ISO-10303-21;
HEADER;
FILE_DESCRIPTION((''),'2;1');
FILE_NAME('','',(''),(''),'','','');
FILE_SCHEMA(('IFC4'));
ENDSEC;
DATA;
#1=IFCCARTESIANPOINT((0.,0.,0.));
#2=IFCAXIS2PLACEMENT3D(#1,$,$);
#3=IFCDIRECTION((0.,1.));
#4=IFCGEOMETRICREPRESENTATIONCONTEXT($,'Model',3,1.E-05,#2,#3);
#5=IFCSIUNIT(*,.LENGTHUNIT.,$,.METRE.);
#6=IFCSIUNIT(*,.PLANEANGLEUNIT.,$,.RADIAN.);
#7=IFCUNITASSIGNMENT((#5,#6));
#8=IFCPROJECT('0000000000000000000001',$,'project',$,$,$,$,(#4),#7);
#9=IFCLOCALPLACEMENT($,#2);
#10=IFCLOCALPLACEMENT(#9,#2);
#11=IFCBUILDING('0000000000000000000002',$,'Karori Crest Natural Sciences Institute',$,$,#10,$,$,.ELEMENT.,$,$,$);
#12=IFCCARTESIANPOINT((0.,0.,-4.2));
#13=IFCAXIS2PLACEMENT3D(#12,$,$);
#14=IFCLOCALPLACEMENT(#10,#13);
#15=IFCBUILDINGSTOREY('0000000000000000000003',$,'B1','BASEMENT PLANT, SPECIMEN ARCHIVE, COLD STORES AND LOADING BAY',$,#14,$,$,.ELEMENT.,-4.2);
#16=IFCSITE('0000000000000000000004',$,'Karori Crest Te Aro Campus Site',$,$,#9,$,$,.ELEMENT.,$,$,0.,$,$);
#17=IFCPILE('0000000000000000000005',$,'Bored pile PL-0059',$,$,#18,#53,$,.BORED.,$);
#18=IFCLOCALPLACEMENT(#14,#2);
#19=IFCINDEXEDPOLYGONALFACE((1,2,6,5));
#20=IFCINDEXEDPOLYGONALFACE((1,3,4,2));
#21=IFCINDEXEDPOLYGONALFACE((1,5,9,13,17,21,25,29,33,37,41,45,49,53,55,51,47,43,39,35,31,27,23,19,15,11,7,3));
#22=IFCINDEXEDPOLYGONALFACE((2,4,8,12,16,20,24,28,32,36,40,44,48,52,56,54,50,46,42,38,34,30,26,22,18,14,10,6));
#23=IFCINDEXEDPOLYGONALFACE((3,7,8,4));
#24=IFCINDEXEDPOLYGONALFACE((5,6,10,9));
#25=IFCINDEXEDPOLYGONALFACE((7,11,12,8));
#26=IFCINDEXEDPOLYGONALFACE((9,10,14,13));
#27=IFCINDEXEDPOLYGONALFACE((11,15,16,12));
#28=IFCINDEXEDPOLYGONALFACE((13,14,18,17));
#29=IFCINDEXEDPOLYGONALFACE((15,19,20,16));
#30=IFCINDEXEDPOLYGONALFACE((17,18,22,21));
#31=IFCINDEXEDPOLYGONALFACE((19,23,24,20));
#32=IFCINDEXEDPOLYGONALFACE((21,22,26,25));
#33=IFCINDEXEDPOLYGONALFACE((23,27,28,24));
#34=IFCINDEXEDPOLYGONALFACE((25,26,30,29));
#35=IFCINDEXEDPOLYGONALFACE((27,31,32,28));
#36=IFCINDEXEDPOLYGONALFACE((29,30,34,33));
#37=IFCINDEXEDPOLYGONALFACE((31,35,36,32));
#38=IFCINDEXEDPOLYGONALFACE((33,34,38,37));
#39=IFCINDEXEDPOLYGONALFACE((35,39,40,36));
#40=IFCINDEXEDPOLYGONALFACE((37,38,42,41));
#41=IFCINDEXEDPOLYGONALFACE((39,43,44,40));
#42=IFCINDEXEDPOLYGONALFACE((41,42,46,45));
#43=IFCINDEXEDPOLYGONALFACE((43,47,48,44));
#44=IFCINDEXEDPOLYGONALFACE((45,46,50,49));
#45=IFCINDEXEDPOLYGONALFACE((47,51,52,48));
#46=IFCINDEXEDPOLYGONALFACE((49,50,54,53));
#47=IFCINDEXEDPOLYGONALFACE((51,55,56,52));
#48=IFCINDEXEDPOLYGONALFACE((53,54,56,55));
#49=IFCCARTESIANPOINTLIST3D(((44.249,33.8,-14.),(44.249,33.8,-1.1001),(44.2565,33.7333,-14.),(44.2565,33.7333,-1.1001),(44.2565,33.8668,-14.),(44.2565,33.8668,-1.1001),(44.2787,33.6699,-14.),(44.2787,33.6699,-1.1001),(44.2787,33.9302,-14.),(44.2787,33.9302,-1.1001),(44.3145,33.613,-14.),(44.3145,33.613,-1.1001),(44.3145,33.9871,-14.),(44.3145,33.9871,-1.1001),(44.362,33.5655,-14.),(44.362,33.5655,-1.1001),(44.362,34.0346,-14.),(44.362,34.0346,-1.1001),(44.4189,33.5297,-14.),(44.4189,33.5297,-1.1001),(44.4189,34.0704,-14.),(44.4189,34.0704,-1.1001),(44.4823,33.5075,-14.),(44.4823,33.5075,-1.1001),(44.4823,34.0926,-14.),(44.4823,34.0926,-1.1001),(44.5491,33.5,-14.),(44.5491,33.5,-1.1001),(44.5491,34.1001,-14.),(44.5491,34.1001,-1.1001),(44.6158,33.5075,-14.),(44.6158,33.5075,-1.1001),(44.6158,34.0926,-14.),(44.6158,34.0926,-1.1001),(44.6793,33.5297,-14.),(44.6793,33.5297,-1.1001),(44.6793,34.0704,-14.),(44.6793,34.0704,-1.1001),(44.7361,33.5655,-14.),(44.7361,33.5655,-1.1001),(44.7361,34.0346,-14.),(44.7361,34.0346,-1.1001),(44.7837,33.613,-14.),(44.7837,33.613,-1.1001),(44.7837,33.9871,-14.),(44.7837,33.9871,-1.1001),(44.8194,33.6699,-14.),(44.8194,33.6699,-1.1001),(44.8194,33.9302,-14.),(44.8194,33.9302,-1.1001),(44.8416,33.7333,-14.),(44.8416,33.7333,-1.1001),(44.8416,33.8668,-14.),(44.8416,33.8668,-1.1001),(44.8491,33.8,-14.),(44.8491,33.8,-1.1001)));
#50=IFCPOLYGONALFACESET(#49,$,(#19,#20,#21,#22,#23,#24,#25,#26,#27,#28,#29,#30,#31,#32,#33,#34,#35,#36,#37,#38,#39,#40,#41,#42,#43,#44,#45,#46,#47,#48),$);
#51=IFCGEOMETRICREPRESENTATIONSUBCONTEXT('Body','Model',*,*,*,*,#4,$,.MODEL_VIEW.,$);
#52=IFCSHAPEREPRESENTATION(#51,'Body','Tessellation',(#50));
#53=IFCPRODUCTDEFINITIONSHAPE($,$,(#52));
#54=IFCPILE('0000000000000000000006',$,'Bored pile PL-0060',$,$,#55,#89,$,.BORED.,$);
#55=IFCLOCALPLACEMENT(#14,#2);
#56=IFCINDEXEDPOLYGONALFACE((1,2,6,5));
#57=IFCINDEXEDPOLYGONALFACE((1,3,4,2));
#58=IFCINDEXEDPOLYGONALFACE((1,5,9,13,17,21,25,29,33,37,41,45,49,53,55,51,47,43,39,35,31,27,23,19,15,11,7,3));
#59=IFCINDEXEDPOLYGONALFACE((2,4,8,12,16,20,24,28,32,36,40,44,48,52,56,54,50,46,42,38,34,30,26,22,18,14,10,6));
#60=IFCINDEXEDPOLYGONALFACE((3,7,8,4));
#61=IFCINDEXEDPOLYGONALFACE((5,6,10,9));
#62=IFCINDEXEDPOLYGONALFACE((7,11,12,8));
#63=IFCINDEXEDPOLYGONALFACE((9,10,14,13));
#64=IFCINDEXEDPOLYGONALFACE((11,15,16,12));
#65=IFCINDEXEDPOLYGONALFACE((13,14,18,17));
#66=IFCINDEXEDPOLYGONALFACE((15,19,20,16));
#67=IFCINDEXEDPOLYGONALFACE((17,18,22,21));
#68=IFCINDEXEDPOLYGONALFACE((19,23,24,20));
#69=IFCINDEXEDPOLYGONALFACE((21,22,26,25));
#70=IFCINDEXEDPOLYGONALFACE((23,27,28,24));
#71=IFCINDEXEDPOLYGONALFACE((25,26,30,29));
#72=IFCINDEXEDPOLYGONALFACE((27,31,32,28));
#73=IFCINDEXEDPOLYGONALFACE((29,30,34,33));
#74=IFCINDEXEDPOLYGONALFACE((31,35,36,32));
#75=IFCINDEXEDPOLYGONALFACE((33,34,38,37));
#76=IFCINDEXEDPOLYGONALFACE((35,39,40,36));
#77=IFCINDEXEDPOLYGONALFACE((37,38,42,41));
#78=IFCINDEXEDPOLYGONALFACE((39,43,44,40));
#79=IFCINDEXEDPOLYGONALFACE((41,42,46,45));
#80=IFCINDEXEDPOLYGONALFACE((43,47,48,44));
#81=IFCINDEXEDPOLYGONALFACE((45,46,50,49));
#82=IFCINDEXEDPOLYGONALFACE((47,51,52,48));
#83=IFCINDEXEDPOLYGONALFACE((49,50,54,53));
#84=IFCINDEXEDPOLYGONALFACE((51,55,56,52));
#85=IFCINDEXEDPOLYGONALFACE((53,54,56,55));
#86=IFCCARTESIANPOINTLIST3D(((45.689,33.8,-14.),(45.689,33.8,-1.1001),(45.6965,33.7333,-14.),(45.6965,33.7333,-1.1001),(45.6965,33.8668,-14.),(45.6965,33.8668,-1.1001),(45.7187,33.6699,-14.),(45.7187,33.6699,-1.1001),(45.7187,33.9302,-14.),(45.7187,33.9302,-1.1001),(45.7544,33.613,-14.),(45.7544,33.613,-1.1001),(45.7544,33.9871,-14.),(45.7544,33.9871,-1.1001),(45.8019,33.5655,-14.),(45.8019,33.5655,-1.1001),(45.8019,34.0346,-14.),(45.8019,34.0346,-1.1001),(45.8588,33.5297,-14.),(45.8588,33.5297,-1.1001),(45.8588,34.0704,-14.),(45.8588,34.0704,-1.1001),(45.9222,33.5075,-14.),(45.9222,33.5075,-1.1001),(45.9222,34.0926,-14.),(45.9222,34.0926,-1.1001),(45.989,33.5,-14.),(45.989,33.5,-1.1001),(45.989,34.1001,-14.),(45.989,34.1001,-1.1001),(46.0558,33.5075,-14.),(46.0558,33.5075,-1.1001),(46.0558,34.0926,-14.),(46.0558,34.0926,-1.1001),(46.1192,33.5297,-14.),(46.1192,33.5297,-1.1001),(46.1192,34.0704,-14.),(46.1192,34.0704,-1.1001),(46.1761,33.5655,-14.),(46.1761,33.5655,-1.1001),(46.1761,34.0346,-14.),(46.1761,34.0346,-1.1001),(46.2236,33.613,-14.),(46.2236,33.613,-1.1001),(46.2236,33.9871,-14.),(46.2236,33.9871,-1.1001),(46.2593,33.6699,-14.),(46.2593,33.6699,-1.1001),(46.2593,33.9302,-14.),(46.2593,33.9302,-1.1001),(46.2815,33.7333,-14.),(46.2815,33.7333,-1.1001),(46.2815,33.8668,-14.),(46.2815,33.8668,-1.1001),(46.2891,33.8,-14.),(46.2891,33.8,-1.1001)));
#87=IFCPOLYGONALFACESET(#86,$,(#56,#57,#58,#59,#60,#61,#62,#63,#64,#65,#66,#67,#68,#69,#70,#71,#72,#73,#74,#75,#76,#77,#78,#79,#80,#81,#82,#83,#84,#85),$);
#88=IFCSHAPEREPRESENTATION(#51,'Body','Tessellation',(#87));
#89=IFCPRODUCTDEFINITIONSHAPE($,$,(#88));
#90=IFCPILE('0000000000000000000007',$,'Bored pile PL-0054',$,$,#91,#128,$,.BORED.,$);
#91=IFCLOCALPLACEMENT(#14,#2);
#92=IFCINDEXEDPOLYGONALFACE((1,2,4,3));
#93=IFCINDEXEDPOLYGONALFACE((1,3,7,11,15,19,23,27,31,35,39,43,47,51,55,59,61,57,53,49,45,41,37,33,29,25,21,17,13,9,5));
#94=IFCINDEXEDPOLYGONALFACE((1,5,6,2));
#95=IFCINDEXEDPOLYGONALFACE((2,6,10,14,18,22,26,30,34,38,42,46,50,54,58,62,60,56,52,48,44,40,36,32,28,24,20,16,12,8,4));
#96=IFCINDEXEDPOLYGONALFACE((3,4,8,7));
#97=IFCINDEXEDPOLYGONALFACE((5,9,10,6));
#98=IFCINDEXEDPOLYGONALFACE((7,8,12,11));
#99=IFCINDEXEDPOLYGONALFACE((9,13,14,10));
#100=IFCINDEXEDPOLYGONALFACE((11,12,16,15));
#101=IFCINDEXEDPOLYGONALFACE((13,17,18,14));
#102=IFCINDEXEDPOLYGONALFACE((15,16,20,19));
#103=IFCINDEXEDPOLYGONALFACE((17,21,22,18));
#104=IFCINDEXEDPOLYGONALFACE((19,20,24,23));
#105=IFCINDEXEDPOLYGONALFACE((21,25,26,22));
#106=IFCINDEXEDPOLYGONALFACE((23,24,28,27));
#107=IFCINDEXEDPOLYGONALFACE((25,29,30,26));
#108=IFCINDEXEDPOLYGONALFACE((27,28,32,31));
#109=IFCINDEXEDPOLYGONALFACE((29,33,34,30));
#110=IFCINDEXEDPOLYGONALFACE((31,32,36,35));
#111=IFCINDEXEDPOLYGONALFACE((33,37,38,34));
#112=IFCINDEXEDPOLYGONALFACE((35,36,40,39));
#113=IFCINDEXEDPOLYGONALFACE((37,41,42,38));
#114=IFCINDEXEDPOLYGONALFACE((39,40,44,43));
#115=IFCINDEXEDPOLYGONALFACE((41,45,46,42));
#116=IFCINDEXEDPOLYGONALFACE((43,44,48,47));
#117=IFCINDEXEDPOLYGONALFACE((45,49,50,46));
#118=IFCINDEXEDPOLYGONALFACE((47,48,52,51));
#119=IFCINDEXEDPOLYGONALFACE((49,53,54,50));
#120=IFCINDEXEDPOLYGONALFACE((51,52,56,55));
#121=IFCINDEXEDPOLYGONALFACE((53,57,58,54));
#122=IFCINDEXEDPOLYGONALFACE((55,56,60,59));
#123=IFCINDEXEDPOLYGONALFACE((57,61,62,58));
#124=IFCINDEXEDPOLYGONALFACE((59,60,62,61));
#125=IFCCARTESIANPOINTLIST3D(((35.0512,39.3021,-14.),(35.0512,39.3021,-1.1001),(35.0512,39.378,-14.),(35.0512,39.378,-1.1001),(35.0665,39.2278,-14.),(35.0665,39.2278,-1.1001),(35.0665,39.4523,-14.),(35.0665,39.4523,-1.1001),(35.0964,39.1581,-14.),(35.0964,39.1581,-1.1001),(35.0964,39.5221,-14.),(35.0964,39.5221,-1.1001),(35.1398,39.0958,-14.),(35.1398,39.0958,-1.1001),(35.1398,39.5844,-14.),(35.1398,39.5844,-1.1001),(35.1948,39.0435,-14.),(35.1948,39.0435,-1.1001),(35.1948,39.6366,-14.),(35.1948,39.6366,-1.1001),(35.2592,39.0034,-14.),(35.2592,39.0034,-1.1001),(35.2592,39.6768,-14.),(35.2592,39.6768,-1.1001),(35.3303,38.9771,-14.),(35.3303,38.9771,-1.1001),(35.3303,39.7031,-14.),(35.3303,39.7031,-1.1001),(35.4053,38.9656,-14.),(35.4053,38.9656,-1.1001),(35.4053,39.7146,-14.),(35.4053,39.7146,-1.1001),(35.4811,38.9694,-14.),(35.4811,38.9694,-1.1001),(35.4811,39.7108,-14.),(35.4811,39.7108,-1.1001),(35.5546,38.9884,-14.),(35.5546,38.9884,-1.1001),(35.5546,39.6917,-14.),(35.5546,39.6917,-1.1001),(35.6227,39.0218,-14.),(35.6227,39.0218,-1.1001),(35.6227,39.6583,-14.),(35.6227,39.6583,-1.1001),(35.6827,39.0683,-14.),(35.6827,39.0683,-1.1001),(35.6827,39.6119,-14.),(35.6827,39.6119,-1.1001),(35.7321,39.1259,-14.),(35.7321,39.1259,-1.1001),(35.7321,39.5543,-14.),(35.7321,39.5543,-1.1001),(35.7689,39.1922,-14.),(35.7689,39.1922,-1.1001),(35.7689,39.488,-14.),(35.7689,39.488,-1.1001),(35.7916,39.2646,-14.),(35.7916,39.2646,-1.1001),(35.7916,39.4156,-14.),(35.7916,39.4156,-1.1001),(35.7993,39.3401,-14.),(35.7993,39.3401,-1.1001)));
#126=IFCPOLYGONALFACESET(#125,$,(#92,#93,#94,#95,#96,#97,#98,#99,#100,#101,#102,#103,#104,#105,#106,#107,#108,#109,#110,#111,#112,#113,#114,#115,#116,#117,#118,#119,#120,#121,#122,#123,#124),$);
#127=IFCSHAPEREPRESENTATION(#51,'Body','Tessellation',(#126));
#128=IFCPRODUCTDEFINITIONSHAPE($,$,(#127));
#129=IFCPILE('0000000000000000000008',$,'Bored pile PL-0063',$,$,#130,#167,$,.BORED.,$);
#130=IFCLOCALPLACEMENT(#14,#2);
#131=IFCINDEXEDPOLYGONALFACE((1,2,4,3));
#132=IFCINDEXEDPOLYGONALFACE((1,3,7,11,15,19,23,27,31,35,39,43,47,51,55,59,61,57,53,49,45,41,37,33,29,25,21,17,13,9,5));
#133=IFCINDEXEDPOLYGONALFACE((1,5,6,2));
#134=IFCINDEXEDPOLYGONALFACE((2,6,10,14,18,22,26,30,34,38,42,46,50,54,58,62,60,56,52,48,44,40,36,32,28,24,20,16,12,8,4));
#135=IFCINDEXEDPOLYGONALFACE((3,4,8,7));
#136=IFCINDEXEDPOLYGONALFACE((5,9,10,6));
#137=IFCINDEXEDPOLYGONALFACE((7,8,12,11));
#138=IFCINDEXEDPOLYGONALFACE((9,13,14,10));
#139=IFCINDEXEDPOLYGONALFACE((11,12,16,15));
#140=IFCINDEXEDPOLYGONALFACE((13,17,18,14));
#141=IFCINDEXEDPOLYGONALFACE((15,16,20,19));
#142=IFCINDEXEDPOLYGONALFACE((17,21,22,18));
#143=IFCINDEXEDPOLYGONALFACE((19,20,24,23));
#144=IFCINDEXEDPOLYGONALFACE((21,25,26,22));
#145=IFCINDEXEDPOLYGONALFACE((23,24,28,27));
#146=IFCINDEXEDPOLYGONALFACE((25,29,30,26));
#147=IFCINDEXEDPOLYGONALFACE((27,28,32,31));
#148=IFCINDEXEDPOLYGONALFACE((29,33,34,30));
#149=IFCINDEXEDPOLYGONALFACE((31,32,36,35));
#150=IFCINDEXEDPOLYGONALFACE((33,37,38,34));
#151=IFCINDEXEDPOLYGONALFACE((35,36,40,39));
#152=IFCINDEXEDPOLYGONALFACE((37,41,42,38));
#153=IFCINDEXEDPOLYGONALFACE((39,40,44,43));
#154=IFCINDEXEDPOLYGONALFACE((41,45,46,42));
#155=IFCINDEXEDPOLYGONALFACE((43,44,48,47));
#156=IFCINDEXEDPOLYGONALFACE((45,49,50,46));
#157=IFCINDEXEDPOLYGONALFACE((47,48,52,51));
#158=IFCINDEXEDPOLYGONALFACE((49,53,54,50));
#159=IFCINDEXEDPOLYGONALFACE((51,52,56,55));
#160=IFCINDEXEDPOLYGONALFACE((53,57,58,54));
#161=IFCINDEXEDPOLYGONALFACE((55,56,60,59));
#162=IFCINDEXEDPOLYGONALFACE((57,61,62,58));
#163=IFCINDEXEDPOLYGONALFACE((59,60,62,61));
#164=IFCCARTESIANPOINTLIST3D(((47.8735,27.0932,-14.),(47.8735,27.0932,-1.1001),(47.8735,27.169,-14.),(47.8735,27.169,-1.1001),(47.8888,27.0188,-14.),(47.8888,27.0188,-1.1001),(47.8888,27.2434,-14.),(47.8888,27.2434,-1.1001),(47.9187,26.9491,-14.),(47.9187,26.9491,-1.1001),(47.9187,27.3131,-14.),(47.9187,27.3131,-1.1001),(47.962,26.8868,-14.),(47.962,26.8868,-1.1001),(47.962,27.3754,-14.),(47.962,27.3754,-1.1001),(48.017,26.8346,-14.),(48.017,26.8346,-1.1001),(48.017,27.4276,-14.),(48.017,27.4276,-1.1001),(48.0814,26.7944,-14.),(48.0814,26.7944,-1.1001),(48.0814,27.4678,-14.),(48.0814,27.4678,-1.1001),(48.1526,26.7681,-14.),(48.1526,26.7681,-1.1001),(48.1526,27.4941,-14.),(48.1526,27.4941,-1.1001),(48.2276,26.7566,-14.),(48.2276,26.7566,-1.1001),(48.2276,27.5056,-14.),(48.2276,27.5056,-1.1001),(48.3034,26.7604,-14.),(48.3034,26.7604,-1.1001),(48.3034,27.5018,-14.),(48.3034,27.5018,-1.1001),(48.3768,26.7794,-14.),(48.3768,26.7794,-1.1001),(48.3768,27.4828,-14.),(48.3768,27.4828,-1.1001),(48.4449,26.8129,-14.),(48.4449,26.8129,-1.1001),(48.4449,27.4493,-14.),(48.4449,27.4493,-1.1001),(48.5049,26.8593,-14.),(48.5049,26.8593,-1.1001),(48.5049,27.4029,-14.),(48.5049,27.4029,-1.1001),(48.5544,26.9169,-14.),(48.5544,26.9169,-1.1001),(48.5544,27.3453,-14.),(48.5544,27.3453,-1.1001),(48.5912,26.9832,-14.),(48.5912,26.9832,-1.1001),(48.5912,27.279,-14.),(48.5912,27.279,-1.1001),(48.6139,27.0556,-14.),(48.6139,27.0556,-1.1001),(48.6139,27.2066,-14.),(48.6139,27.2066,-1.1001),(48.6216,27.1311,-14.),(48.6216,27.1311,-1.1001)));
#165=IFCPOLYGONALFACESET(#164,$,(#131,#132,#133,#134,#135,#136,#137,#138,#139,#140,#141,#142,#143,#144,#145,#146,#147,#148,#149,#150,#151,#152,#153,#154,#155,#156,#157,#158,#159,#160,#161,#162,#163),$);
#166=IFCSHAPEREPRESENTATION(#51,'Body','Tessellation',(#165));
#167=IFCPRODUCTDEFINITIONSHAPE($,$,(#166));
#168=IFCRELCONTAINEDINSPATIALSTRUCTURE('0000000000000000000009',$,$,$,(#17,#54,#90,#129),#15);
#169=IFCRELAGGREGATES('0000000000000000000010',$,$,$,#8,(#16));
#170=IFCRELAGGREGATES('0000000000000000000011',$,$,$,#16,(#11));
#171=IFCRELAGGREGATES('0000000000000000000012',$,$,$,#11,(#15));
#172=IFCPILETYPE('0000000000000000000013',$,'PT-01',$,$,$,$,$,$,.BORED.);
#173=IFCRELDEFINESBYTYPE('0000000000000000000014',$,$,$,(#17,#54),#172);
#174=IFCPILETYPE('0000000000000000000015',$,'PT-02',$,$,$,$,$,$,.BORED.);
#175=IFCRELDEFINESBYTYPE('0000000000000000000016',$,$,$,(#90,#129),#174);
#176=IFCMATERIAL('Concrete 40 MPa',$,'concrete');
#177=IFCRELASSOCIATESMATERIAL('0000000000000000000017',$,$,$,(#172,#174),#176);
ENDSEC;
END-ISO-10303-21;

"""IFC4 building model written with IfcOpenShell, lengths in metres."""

from ifc_helpers import new_model, si_unit, direction, frame, origin, origin_2d, place, context, subcontext, project, spatial, circle, extrude, material, material_profile, profile_set, type_object, element, save


model = new_model("IFC4")

# Units and contexts
model_context = context("Model", 3, precision=1e-05, world=origin(), true_north=direction((0.0, 1.0)))
body_context = subcontext(model_context, "Body", "Model", "MODEL_VIEW")
ifc_project = project(units=[si_unit("LENGTHUNIT", "METRE"), si_unit("PLANEANGLEUNIT", "RADIAN")], contexts=[model_context])

# Site, building, storey
site_placement = place(None, origin())
site = spatial("IfcSite", under=ifc_project, at=site_placement, Name="Karori Crest Te Aro Campus Site", CompositionType="ELEMENT", RefElevation=0.0)
building_placement = place(site_placement, origin())
building = spatial("IfcBuilding", under=site, at=building_placement, Name="Karori Crest Natural Sciences Institute", CompositionType="ELEMENT")
storey_placement = place(building_placement, frame((0.0, 0.0, -4.2)))
storey = spatial("IfcBuildingStorey", under=building, at=storey_placement, Name="B1", Description="BASEMENT PLANT, SPECIMEN ARCHIVE, COLD STORES AND LOADING BAY", CompositionType="ELEMENT", Elevation=-4.2)

# Shared definitions
ifc_material_1 = material(Name="Concrete 40 MPa", Category="concrete")

# Piles
ifc_material_profile_1 = material_profile(ifc_material_1, circle(Radius=0.3, at=origin_2d()), Name="PILE600")
ifc_profile_set_1 = profile_set([ifc_material_profile_1], Name="Concrete 40 MPa")
pile_type_1 = type_object("IfcPileType", Name="PT-01", PredefinedType="BORED", material=ifc_profile_set_1)
for number, where, z_axis, x_axis, name in (
    (1, (44.5491, 33.8, -1.1001), (0.0, 0.0, -1.0), (1.0, 0.0, 0.0), "Bored pile PL-0059"),
    (2, (45.989, 33.8, -1.1001), (0.0, 0.0, -1.0), (1.0, 0.0, 0.0), "Bored pile PL-0060"),
):
    element("IfcPile", number, at=place(storey_placement, frame(where, z_axis=z_axis, x_axis=x_axis)), inside=storey, type_object=pile_type_1, Name=name, PredefinedType="BORED", context=body_context, shape_type="SweptSolid", body=[
        extrude(circle(Radius=0.3, at=origin_2d()), origin(), (0.0, 0.0, 1.0), 12.8999),
    ])
ifc_material_profile_2 = material_profile(ifc_material_1, circle(Radius=0.375, at=origin_2d()), Name="PILE750")
ifc_profile_set_2 = profile_set([ifc_material_profile_2], Name="Concrete 40 MPa")
pile_type_2 = type_object("IfcPileType", Name="PT-02", PredefinedType="BORED", material=ifc_profile_set_2)
for number, where, z_axis, x_axis, name in (
    (3, (35.4243, 39.3401, -1.1001), (0.0, 0.0, -1.0), (1.0, 0.0, 0.0), "Bored pile PL-0054"),
    (4, (48.2466, 27.1311, -1.1001), (0.0, 0.0, -1.0), (1.0, 0.0, 0.0), "Bored pile PL-0063"),
):
    element("IfcPile", number, at=place(storey_placement, frame(where, z_axis=z_axis, x_axis=x_axis)), inside=storey, type_object=pile_type_2, Name=name, PredefinedType="BORED", context=body_context, shape_type="SweptSolid", body=[
        extrude(circle(Radius=0.375, at=origin_2d()), origin(), (0.0, 0.0, 1.0), 12.8999),
    ])

save(model, "model.ifc")
